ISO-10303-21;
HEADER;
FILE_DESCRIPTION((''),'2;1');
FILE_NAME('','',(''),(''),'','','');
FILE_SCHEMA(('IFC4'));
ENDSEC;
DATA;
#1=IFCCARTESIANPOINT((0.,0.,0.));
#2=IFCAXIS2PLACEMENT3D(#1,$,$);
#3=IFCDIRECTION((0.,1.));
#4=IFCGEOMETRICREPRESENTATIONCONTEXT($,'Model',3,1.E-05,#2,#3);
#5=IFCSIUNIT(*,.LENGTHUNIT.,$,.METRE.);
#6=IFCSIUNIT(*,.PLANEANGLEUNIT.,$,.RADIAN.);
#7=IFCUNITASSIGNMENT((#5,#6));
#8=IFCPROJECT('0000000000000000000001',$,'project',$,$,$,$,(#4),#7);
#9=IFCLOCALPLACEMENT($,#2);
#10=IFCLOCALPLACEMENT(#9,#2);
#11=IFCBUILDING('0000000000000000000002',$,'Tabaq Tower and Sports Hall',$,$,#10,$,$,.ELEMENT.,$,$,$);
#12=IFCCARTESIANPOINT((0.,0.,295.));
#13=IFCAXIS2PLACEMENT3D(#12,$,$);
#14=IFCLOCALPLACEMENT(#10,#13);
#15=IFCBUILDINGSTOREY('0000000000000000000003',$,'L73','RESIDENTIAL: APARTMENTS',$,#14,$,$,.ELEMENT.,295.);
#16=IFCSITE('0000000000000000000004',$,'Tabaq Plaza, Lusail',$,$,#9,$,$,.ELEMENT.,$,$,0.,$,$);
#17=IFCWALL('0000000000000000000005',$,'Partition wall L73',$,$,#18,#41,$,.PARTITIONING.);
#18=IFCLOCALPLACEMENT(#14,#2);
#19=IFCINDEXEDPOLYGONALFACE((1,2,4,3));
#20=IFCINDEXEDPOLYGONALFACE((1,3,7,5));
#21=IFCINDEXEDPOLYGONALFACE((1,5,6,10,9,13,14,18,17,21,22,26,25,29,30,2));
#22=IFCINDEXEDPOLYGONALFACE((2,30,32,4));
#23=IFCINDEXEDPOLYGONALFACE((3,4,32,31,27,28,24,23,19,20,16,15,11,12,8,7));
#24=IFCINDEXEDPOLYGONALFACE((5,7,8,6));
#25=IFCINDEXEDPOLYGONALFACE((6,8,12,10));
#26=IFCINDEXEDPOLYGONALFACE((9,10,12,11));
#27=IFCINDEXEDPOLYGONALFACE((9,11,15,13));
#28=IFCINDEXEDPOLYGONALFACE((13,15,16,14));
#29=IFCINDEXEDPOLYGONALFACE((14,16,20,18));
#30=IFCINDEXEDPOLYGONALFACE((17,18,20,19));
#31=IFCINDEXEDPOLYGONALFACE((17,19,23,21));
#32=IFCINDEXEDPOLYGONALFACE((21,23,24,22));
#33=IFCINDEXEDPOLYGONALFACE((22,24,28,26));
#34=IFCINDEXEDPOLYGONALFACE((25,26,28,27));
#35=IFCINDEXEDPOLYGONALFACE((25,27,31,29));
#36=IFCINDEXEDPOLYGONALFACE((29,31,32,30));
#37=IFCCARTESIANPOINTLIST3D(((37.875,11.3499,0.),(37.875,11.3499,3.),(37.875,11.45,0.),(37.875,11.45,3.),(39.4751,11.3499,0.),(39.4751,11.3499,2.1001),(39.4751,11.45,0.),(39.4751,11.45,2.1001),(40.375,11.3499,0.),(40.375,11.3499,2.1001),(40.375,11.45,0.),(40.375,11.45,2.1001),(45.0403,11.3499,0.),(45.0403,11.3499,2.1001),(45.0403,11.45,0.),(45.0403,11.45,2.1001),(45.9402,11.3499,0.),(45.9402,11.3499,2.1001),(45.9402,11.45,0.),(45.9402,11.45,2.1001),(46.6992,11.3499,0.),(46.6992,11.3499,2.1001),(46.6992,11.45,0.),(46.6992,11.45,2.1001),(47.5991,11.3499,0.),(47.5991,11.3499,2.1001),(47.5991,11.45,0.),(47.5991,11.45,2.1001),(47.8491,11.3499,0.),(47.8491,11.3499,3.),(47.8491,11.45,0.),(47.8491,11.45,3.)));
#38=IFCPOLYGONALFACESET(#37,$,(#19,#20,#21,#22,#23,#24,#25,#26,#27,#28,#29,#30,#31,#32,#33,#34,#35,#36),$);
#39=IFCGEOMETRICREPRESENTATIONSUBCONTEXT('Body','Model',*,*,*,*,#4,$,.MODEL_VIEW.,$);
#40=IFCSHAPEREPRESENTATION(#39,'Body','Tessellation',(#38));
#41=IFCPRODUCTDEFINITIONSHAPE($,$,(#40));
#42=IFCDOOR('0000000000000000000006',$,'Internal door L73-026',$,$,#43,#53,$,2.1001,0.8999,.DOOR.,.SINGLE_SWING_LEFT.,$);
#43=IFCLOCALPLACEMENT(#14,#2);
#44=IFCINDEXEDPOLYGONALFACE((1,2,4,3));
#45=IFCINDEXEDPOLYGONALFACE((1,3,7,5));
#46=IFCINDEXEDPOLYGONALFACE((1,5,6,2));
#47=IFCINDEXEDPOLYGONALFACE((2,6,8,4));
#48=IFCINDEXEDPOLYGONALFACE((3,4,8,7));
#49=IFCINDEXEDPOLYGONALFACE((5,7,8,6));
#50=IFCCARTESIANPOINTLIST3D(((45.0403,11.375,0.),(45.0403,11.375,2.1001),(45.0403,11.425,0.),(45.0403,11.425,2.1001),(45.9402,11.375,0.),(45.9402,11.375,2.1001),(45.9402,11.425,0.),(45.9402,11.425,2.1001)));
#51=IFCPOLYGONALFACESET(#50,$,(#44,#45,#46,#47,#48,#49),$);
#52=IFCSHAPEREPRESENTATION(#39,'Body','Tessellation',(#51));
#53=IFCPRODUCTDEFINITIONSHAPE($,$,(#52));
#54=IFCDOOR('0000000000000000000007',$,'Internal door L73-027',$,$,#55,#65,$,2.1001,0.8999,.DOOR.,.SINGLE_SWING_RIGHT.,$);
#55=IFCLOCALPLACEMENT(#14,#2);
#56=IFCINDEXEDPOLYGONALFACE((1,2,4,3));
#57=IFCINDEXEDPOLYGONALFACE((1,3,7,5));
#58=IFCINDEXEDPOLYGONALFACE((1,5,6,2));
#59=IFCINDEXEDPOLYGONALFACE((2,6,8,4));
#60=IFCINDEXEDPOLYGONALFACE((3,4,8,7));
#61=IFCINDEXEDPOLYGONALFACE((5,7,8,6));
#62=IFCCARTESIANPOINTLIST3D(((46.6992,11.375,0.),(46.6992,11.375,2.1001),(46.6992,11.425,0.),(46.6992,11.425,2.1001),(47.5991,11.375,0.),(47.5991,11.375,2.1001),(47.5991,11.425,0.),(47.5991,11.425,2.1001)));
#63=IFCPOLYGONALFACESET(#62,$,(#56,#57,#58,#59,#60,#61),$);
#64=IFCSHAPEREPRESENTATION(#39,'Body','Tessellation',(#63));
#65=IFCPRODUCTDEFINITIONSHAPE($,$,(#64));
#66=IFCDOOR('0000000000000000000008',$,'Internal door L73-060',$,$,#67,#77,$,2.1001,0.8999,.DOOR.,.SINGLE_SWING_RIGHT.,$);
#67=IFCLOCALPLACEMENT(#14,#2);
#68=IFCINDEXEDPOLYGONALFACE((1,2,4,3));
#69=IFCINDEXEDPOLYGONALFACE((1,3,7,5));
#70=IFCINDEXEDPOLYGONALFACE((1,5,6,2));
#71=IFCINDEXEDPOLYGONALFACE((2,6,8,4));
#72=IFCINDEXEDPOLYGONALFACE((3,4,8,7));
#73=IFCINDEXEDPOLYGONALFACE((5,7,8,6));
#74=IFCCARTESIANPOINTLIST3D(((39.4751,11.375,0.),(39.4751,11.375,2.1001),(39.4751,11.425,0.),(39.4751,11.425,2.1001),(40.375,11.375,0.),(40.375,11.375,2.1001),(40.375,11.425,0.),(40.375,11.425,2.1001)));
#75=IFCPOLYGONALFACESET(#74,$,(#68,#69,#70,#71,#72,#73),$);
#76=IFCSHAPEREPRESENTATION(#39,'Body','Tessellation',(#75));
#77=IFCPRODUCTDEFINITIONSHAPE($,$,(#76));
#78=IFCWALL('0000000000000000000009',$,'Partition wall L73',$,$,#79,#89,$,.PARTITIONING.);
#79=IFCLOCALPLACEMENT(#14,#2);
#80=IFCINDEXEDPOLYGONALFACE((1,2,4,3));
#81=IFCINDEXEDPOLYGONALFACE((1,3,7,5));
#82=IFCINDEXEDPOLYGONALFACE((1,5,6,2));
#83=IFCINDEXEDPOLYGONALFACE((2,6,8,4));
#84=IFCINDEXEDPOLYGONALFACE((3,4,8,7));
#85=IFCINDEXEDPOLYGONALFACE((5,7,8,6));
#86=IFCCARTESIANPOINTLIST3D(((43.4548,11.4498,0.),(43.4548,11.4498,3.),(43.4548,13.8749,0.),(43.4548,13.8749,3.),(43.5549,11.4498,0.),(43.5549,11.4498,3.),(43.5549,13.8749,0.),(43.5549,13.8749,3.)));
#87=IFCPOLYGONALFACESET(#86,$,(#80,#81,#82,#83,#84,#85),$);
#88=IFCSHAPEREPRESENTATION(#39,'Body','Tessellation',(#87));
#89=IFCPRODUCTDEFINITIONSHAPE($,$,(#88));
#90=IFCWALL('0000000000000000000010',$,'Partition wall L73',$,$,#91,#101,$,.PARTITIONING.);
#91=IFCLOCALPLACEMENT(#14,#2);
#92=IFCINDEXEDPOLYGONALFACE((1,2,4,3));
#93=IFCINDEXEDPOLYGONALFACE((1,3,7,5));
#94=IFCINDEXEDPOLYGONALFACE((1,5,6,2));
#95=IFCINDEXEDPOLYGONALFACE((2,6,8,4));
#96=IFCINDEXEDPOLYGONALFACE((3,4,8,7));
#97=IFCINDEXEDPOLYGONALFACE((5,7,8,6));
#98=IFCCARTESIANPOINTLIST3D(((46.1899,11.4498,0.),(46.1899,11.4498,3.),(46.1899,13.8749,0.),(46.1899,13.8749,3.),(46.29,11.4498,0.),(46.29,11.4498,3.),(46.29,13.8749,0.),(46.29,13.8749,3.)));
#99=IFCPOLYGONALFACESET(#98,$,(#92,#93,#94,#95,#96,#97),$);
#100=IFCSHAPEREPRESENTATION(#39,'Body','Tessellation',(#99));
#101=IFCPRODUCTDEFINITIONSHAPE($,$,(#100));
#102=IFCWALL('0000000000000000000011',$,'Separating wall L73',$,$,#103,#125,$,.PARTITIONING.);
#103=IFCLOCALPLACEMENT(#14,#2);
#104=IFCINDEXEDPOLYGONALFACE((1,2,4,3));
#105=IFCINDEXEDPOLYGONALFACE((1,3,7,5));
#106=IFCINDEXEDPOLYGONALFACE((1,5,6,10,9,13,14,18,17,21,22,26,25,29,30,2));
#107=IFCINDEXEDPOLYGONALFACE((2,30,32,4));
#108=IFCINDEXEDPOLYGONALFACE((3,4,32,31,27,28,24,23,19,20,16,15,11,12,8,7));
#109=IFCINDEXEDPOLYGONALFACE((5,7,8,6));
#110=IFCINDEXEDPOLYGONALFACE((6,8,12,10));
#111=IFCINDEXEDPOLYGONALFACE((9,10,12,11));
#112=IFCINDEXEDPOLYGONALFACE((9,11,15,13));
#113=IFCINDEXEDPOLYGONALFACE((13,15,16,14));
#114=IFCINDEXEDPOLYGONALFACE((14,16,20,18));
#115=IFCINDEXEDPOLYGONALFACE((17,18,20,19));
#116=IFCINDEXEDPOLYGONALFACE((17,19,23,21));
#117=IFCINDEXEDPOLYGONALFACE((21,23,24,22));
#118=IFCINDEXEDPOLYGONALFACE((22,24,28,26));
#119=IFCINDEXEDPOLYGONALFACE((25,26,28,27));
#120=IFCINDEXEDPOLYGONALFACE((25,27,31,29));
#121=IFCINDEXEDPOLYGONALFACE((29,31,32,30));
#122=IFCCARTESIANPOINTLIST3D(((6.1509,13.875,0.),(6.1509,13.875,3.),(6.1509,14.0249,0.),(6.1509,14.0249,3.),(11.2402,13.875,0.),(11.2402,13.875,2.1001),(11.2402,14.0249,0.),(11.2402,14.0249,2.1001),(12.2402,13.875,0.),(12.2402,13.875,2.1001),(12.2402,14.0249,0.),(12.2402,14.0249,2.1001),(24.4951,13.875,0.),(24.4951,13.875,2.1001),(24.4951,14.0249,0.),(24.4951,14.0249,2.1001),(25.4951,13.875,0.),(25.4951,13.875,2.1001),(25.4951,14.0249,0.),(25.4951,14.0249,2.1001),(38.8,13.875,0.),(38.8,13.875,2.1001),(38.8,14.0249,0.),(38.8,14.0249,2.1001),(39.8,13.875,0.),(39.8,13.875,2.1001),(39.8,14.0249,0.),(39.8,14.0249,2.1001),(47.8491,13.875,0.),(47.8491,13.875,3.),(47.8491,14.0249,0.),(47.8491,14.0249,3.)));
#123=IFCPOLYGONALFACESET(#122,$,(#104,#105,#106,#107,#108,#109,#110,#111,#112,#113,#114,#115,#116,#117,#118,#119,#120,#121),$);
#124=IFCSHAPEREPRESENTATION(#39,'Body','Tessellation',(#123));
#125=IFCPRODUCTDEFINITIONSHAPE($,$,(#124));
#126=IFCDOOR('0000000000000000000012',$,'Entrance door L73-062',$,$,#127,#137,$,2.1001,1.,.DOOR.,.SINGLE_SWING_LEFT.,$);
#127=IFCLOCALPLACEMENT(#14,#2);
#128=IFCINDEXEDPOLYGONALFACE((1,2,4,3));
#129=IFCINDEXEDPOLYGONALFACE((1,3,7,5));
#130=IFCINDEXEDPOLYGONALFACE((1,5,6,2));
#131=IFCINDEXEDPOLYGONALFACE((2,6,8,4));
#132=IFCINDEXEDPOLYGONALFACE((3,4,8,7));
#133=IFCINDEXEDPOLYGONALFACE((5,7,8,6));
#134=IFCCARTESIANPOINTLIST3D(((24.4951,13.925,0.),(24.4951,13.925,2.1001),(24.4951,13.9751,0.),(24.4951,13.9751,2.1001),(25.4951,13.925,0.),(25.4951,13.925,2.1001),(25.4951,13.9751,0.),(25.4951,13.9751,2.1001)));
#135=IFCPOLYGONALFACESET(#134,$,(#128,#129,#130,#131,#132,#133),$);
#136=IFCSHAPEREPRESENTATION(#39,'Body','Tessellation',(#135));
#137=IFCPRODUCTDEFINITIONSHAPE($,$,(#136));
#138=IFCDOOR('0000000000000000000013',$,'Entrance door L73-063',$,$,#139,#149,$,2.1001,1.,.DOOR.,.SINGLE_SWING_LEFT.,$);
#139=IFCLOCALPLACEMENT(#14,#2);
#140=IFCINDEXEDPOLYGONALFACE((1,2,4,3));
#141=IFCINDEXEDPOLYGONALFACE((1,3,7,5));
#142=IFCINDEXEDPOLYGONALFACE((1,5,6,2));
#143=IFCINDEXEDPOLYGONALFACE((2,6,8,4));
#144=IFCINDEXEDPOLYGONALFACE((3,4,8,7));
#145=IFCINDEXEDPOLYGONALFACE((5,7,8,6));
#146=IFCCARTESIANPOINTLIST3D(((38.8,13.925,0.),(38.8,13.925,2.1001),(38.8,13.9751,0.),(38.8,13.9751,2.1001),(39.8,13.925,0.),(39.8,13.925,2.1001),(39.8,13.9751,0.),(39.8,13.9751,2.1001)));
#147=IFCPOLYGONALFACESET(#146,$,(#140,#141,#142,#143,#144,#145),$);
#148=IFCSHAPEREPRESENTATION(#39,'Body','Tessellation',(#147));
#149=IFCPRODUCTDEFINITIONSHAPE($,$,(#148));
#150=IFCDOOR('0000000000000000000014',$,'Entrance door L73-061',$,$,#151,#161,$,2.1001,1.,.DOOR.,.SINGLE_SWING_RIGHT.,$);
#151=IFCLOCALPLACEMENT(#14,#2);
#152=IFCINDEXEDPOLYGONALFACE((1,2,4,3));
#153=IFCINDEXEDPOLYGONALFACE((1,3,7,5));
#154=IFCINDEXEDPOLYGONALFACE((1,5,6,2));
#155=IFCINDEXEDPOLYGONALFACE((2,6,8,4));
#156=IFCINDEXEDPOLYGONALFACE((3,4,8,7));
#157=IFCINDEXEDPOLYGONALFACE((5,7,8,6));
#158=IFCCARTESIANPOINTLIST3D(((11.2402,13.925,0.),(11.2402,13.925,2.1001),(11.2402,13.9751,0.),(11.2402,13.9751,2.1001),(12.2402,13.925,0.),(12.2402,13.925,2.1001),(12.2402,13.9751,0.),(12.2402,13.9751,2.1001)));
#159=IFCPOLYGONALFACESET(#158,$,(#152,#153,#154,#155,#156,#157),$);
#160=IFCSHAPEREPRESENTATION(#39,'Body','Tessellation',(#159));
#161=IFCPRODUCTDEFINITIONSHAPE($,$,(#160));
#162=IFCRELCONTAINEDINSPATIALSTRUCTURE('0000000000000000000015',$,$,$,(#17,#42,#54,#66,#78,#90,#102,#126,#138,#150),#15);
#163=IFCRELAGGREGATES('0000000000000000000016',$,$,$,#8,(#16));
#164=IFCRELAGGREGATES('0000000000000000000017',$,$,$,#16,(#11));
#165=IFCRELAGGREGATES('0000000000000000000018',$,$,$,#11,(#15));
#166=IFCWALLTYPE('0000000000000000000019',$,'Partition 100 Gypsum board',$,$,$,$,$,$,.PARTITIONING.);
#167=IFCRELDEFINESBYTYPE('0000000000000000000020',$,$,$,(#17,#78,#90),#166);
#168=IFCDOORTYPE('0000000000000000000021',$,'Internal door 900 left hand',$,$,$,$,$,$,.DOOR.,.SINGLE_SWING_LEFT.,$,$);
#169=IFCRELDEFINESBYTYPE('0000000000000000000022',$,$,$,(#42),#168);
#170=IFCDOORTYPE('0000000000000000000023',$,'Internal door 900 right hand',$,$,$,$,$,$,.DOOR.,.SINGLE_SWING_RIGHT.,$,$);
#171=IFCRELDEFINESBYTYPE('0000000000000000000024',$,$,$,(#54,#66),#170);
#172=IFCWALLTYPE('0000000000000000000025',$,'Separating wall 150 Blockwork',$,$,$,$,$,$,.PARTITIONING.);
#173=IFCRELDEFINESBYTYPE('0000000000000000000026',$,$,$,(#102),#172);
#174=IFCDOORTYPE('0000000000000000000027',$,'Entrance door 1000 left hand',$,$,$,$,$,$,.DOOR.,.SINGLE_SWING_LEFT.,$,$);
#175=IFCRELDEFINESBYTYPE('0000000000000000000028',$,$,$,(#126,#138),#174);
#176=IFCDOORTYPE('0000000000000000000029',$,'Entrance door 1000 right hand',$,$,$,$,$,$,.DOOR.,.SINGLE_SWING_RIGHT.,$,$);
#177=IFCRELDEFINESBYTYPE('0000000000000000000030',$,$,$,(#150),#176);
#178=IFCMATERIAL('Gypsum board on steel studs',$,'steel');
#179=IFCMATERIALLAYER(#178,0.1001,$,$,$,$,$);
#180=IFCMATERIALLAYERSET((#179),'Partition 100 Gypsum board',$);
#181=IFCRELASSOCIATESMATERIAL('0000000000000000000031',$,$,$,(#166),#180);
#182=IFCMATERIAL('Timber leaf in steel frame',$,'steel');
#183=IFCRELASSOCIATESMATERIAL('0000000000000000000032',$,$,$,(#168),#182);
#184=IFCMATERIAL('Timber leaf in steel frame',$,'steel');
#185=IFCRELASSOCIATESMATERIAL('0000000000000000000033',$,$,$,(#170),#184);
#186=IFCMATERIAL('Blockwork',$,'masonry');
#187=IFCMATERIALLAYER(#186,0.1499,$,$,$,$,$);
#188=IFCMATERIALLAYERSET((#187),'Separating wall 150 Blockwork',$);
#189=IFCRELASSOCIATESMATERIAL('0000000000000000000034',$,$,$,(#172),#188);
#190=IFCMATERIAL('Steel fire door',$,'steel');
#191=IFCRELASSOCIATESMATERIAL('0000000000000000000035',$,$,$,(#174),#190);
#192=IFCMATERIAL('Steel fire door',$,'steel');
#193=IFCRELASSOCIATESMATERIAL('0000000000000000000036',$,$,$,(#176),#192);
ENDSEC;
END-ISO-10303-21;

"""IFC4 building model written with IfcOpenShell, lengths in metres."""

from ifc_helpers import new_model, si_unit, direction, frame, frame_2d, origin, place, context, subcontext, project, spatial, rectangle, extrude, material, layer, layer_set, type_object, element, fill, save


model = new_model("IFC4")

# Units and contexts
model_context = context("Model", 3, precision=1e-05, world=origin(), true_north=direction((0.0, 1.0)))
body_context = subcontext(model_context, "Body", "Model", "MODEL_VIEW")
ifc_project = project(units=[si_unit("LENGTHUNIT", "METRE"), si_unit("PLANEANGLEUNIT", "RADIAN")], contexts=[model_context])

# Site, building, storey
site_placement = place(None, origin())
site = spatial("IfcSite", under=ifc_project, at=site_placement, Name="Tabaq Plaza, Lusail", CompositionType="ELEMENT", RefElevation=0.0)
building_placement = place(site_placement, origin())
building = spatial("IfcBuilding", under=site, at=building_placement, Name="Tabaq Tower and Sports Hall", CompositionType="ELEMENT")
storey_placement = place(building_placement, frame((0.0, 0.0, 295.0)))
storey = spatial("IfcBuildingStorey", under=building, at=storey_placement, Name="L73", Description="RESIDENTIAL: APARTMENTS", CompositionType="ELEMENT", Elevation=295.0)

# Wall, openings, doors
ifc_material_1 = material(Name="Gypsum board on steel studs", Category="steel")
ifc_layer_1 = layer(ifc_material_1, 0.1001)
ifc_layer_set_1 = layer_set([ifc_layer_1], Name="Partition 100 Gypsum board")
wall_type_1 = type_object("IfcWallType", Name="Partition 100 Gypsum board", PredefinedType="PARTITIONING", material=ifc_layer_set_1)
wall_1_placement = place(storey_placement, frame((47.8491, 11.3999, 0.0), z_axis=(0.0, 0.0, 1.0), x_axis=(-1.0, 0.0, 0.0)))
wall_1 = element("IfcWall", 1, at=wall_1_placement, inside=storey, type_object=wall_type_1, Name="Partition wall L73", PredefinedType="PARTITIONING", context=body_context, shape_type="SweptSolid", body=[
    extrude(rectangle(XDim=9.9741, YDim=0.1001, at=frame_2d((4.9871, 0.0))), origin(), (0.0, 0.0, 1.0), 3.0),
])
opening_1_placement = place(wall_1_placement, frame((1.9089, 0.0, 0.0)))
opening_1 = element("IfcOpeningElement", 2, at=opening_1_placement, cuts=wall_1, PredefinedType="OPENING", context=body_context, shape_type="SweptSolid", body=[
    extrude(rectangle(XDim=0.8999, YDim=2.1001, at=frame_2d((0.45, 1.05))), frame((0.0, 0.05, 0.0), z_axis=(0.0, -1.0, 0.0), x_axis=(1.0, 0.0, 0.0)), (0.0, 0.0, 1.0), 0.1001),
])
opening_2_placement = place(wall_1_placement, frame((0.25, 0.0, 0.0)))
opening_2 = element("IfcOpeningElement", 3, at=opening_2_placement, cuts=wall_1, PredefinedType="OPENING", context=body_context, shape_type="SweptSolid", body=[
    extrude(rectangle(XDim=0.8999, YDim=2.1001, at=frame_2d((0.45, 1.05))), frame((0.0, 0.05, 0.0), z_axis=(0.0, -1.0, 0.0), x_axis=(1.0, 0.0, 0.0)), (0.0, 0.0, 1.0), 0.1001),
])
opening_3_placement = place(wall_1_placement, frame((7.4741, 0.0, 0.0)))
opening_3 = element("IfcOpeningElement", 4, at=opening_3_placement, cuts=wall_1, PredefinedType="OPENING", context=body_context, shape_type="SweptSolid", body=[
    extrude(rectangle(XDim=0.8999, YDim=2.1001, at=frame_2d((0.45, 1.05))), frame((0.0, 0.05, 0.0), z_axis=(0.0, -1.0, 0.0), x_axis=(1.0, 0.0, 0.0)), (0.0, 0.0, 1.0), 0.1001),
])
ifc_material_2 = material(Name="Timber leaf in steel frame", Category="steel")
door_type_1 = type_object("IfcDoorType", Name="Internal door 900 left hand", OperationType="SINGLE_SWING_LEFT", PredefinedType="DOOR", material=ifc_material_2)
door_1_placement = place(opening_1_placement, origin())
door_1 = element("IfcDoor", 5, at=door_1_placement, inside=storey, type_object=door_type_1, Name="Internal door L73-026", OperationType="SINGLE_SWING_LEFT", OverallHeight=2.1001, OverallWidth=0.8999, PredefinedType="DOOR", context=body_context, shape_type="SweptSolid", body=[
    extrude(rectangle(XDim=0.8999, YDim=2.1001, at=frame_2d((0.45, 1.05))), frame((0.0, 0.0249, 0.0), z_axis=(0.0, -1.0, 0.0), x_axis=(1.0, 0.0, 0.0)), (0.0, 0.0, 1.0), 0.05),
])
fill(opening_1, door_1)
ifc_material_3 = material(Name="Timber leaf in steel frame", Category="steel")
door_type_2 = type_object("IfcDoorType", Name="Internal door 900 right hand", OperationType="SINGLE_SWING_RIGHT", PredefinedType="DOOR", material=ifc_material_3)
door_2_placement = place(opening_2_placement, origin())
door_2 = element("IfcDoor", 6, at=door_2_placement, inside=storey, type_object=door_type_2, Name="Internal door L73-027", OperationType="SINGLE_SWING_RIGHT", OverallHeight=2.1001, OverallWidth=0.8999, PredefinedType="DOOR", context=body_context, shape_type="SweptSolid", body=[
    extrude(rectangle(XDim=0.8999, YDim=2.1001, at=frame_2d((0.45, 1.05))), frame((0.0, 0.0249, 0.0), z_axis=(0.0, -1.0, 0.0), x_axis=(1.0, 0.0, 0.0)), (0.0, 0.0, 1.0), 0.05),
])
fill(opening_2, door_2)
door_3_placement = place(opening_3_placement, origin())
door_3 = element("IfcDoor", 7, at=door_3_placement, inside=storey, type_object=door_type_2, Name="Internal door L73-060", OperationType="SINGLE_SWING_RIGHT", OverallHeight=2.1001, OverallWidth=0.8999, PredefinedType="DOOR", context=body_context, shape_type="SweptSolid", body=[
    extrude(rectangle(XDim=0.8999, YDim=2.1001, at=frame_2d((0.45, 1.05))), frame((0.0, 0.0249, 0.0), z_axis=(0.0, -1.0, 0.0), x_axis=(1.0, 0.0, 0.0)), (0.0, 0.0, 1.0), 0.05),
])
fill(opening_3, door_3)

# Walls
for number, where, z_axis, x_axis, name in (
    (8, (43.5049, 11.45, 0.0), (0.0, 0.0, 1.0), (0.0, 1.0, 0.0), "Partition wall L73"),
    (9, (46.24, 11.45, 0.0), (0.0, 0.0, 1.0), (0.0, 1.0, 0.0), "Partition wall L73"),
):
    element("IfcWall", number, at=place(storey_placement, frame(where, z_axis=z_axis, x_axis=x_axis)), inside=storey, type_object=wall_type_1, Name=name, PredefinedType="PARTITIONING", context=body_context, shape_type="SweptSolid", body=[
        extrude(rectangle(XDim=2.425, YDim=0.1001, at=frame_2d((1.2124, 0.0))), origin(), (0.0, 0.0, 1.0), 3.0),
    ])

# Wall, openings, doors
ifc_material_4 = material(Name="Blockwork", Category="masonry")
ifc_layer_2 = layer(ifc_material_4, 0.1499)
ifc_layer_set_2 = layer_set([ifc_layer_2], Name="Separating wall 150 Blockwork")
wall_type_2 = type_object("IfcWallType", Name="Separating wall 150 Blockwork", PredefinedType="PARTITIONING", material=ifc_layer_set_2)
wall_2_placement = place(storey_placement, frame((47.8491, 13.95, 0.0), z_axis=(0.0, 0.0, 1.0), x_axis=(-1.0, 0.0, 0.0)))
wall_2 = element("IfcWall", 10, at=wall_2_placement, inside=storey, type_object=wall_type_2, Name="Separating wall L73", PredefinedType="PARTITIONING", context=body_context, shape_type="SweptSolid", body=[
    extrude(rectangle(XDim=41.6982, YDim=0.1499, at=frame_2d((20.8491, 0.0))), origin(), (0.0, 0.0, 1.0), 3.0),
])
opening_4_placement = place(wall_2_placement, frame((35.6089, 0.0, 0.0)))
opening_4 = element("IfcOpeningElement", 11, at=opening_4_placement, cuts=wall_2, PredefinedType="OPENING", context=body_context, shape_type="SweptSolid", body=[
    extrude(rectangle(XDim=1.0, YDim=2.1001, at=frame_2d((0.5, 1.05))), frame((0.0, 0.075, 0.0), z_axis=(0.0, -1.0, 0.0), x_axis=(1.0, 0.0, 0.0)), (0.0, 0.0, 1.0), 0.1499),
])
opening_5_placement = place(wall_2_placement, frame((22.354, 0.0, 0.0)))
opening_5 = element("IfcOpeningElement", 12, at=opening_5_placement, cuts=wall_2, PredefinedType="OPENING", context=body_context, shape_type="SweptSolid", body=[
    extrude(rectangle(XDim=1.0, YDim=2.1001, at=frame_2d((0.5, 1.05))), frame((0.0, 0.075, 0.0), z_axis=(0.0, -1.0, 0.0), x_axis=(1.0, 0.0, 0.0)), (0.0, 0.0, 1.0), 0.1499),
])
opening_6_placement = place(wall_2_placement, frame((8.0491, 0.0, 0.0)))
opening_6 = element("IfcOpeningElement", 13, at=opening_6_placement, cuts=wall_2, PredefinedType="OPENING", context=body_context, shape_type="SweptSolid", body=[
    extrude(rectangle(XDim=1.0, YDim=2.1001, at=frame_2d((0.5, 1.05))), frame((0.0, 0.075, 0.0), z_axis=(0.0, -1.0, 0.0), x_axis=(1.0, 0.0, 0.0)), (0.0, 0.0, 1.0), 0.1499),
])
ifc_material_5 = material(Name="Steel fire door", Category="steel")
door_type_3 = type_object("IfcDoorType", Name="Entrance door 1000 left hand", OperationType="SINGLE_SWING_LEFT", PredefinedType="DOOR", material=ifc_material_5)
door_4_placement = place(opening_5_placement, origin())
door_4 = element("IfcDoor", 14, at=door_4_placement, inside=storey, type_object=door_type_3, Name="Entrance door L73-062", OperationType="SINGLE_SWING_LEFT", OverallHeight=2.1001, OverallWidth=1.0, PredefinedType="DOOR", context=body_context, shape_type="SweptSolid", body=[
    extrude(rectangle(XDim=1.0, YDim=2.1001, at=frame_2d((0.5, 1.05))), frame((0.0, 0.0249, 0.0), z_axis=(0.0, -1.0, 0.0), x_axis=(1.0, 0.0, 0.0)), (0.0, 0.0, 1.0), 0.05),
])
fill(opening_5, door_4)
door_5_placement = place(opening_6_placement, origin())
door_5 = element("IfcDoor", 15, at=door_5_placement, inside=storey, type_object=door_type_3, Name="Entrance door L73-063", OperationType="SINGLE_SWING_LEFT", OverallHeight=2.1001, OverallWidth=1.0, PredefinedType="DOOR", context=body_context, shape_type="SweptSolid", body=[
    extrude(rectangle(XDim=1.0, YDim=2.1001, at=frame_2d((0.5, 1.05))), frame((0.0, 0.0249, 0.0), z_axis=(0.0, -1.0, 0.0), x_axis=(1.0, 0.0, 0.0)), (0.0, 0.0, 1.0), 0.05),
])
fill(opening_6, door_5)
ifc_material_6 = material(Name="Steel fire door", Category="steel")
door_type_4 = type_object("IfcDoorType", Name="Entrance door 1000 right hand", OperationType="SINGLE_SWING_RIGHT", PredefinedType="DOOR", material=ifc_material_6)
door_6_placement = place(opening_4_placement, origin())
door_6 = element("IfcDoor", 16, at=door_6_placement, inside=storey, type_object=door_type_4, Name="Entrance door L73-061", OperationType="SINGLE_SWING_RIGHT", OverallHeight=2.1001, OverallWidth=1.0, PredefinedType="DOOR", context=body_context, shape_type="SweptSolid", body=[
    extrude(rectangle(XDim=1.0, YDim=2.1001, at=frame_2d((0.5, 1.05))), frame((0.0, 0.0249, 0.0), z_axis=(0.0, -1.0, 0.0), x_axis=(1.0, 0.0, 0.0)), (0.0, 0.0, 1.0), 0.05),
])
fill(opening_4, door_6)

save(model, "model.ifc")
